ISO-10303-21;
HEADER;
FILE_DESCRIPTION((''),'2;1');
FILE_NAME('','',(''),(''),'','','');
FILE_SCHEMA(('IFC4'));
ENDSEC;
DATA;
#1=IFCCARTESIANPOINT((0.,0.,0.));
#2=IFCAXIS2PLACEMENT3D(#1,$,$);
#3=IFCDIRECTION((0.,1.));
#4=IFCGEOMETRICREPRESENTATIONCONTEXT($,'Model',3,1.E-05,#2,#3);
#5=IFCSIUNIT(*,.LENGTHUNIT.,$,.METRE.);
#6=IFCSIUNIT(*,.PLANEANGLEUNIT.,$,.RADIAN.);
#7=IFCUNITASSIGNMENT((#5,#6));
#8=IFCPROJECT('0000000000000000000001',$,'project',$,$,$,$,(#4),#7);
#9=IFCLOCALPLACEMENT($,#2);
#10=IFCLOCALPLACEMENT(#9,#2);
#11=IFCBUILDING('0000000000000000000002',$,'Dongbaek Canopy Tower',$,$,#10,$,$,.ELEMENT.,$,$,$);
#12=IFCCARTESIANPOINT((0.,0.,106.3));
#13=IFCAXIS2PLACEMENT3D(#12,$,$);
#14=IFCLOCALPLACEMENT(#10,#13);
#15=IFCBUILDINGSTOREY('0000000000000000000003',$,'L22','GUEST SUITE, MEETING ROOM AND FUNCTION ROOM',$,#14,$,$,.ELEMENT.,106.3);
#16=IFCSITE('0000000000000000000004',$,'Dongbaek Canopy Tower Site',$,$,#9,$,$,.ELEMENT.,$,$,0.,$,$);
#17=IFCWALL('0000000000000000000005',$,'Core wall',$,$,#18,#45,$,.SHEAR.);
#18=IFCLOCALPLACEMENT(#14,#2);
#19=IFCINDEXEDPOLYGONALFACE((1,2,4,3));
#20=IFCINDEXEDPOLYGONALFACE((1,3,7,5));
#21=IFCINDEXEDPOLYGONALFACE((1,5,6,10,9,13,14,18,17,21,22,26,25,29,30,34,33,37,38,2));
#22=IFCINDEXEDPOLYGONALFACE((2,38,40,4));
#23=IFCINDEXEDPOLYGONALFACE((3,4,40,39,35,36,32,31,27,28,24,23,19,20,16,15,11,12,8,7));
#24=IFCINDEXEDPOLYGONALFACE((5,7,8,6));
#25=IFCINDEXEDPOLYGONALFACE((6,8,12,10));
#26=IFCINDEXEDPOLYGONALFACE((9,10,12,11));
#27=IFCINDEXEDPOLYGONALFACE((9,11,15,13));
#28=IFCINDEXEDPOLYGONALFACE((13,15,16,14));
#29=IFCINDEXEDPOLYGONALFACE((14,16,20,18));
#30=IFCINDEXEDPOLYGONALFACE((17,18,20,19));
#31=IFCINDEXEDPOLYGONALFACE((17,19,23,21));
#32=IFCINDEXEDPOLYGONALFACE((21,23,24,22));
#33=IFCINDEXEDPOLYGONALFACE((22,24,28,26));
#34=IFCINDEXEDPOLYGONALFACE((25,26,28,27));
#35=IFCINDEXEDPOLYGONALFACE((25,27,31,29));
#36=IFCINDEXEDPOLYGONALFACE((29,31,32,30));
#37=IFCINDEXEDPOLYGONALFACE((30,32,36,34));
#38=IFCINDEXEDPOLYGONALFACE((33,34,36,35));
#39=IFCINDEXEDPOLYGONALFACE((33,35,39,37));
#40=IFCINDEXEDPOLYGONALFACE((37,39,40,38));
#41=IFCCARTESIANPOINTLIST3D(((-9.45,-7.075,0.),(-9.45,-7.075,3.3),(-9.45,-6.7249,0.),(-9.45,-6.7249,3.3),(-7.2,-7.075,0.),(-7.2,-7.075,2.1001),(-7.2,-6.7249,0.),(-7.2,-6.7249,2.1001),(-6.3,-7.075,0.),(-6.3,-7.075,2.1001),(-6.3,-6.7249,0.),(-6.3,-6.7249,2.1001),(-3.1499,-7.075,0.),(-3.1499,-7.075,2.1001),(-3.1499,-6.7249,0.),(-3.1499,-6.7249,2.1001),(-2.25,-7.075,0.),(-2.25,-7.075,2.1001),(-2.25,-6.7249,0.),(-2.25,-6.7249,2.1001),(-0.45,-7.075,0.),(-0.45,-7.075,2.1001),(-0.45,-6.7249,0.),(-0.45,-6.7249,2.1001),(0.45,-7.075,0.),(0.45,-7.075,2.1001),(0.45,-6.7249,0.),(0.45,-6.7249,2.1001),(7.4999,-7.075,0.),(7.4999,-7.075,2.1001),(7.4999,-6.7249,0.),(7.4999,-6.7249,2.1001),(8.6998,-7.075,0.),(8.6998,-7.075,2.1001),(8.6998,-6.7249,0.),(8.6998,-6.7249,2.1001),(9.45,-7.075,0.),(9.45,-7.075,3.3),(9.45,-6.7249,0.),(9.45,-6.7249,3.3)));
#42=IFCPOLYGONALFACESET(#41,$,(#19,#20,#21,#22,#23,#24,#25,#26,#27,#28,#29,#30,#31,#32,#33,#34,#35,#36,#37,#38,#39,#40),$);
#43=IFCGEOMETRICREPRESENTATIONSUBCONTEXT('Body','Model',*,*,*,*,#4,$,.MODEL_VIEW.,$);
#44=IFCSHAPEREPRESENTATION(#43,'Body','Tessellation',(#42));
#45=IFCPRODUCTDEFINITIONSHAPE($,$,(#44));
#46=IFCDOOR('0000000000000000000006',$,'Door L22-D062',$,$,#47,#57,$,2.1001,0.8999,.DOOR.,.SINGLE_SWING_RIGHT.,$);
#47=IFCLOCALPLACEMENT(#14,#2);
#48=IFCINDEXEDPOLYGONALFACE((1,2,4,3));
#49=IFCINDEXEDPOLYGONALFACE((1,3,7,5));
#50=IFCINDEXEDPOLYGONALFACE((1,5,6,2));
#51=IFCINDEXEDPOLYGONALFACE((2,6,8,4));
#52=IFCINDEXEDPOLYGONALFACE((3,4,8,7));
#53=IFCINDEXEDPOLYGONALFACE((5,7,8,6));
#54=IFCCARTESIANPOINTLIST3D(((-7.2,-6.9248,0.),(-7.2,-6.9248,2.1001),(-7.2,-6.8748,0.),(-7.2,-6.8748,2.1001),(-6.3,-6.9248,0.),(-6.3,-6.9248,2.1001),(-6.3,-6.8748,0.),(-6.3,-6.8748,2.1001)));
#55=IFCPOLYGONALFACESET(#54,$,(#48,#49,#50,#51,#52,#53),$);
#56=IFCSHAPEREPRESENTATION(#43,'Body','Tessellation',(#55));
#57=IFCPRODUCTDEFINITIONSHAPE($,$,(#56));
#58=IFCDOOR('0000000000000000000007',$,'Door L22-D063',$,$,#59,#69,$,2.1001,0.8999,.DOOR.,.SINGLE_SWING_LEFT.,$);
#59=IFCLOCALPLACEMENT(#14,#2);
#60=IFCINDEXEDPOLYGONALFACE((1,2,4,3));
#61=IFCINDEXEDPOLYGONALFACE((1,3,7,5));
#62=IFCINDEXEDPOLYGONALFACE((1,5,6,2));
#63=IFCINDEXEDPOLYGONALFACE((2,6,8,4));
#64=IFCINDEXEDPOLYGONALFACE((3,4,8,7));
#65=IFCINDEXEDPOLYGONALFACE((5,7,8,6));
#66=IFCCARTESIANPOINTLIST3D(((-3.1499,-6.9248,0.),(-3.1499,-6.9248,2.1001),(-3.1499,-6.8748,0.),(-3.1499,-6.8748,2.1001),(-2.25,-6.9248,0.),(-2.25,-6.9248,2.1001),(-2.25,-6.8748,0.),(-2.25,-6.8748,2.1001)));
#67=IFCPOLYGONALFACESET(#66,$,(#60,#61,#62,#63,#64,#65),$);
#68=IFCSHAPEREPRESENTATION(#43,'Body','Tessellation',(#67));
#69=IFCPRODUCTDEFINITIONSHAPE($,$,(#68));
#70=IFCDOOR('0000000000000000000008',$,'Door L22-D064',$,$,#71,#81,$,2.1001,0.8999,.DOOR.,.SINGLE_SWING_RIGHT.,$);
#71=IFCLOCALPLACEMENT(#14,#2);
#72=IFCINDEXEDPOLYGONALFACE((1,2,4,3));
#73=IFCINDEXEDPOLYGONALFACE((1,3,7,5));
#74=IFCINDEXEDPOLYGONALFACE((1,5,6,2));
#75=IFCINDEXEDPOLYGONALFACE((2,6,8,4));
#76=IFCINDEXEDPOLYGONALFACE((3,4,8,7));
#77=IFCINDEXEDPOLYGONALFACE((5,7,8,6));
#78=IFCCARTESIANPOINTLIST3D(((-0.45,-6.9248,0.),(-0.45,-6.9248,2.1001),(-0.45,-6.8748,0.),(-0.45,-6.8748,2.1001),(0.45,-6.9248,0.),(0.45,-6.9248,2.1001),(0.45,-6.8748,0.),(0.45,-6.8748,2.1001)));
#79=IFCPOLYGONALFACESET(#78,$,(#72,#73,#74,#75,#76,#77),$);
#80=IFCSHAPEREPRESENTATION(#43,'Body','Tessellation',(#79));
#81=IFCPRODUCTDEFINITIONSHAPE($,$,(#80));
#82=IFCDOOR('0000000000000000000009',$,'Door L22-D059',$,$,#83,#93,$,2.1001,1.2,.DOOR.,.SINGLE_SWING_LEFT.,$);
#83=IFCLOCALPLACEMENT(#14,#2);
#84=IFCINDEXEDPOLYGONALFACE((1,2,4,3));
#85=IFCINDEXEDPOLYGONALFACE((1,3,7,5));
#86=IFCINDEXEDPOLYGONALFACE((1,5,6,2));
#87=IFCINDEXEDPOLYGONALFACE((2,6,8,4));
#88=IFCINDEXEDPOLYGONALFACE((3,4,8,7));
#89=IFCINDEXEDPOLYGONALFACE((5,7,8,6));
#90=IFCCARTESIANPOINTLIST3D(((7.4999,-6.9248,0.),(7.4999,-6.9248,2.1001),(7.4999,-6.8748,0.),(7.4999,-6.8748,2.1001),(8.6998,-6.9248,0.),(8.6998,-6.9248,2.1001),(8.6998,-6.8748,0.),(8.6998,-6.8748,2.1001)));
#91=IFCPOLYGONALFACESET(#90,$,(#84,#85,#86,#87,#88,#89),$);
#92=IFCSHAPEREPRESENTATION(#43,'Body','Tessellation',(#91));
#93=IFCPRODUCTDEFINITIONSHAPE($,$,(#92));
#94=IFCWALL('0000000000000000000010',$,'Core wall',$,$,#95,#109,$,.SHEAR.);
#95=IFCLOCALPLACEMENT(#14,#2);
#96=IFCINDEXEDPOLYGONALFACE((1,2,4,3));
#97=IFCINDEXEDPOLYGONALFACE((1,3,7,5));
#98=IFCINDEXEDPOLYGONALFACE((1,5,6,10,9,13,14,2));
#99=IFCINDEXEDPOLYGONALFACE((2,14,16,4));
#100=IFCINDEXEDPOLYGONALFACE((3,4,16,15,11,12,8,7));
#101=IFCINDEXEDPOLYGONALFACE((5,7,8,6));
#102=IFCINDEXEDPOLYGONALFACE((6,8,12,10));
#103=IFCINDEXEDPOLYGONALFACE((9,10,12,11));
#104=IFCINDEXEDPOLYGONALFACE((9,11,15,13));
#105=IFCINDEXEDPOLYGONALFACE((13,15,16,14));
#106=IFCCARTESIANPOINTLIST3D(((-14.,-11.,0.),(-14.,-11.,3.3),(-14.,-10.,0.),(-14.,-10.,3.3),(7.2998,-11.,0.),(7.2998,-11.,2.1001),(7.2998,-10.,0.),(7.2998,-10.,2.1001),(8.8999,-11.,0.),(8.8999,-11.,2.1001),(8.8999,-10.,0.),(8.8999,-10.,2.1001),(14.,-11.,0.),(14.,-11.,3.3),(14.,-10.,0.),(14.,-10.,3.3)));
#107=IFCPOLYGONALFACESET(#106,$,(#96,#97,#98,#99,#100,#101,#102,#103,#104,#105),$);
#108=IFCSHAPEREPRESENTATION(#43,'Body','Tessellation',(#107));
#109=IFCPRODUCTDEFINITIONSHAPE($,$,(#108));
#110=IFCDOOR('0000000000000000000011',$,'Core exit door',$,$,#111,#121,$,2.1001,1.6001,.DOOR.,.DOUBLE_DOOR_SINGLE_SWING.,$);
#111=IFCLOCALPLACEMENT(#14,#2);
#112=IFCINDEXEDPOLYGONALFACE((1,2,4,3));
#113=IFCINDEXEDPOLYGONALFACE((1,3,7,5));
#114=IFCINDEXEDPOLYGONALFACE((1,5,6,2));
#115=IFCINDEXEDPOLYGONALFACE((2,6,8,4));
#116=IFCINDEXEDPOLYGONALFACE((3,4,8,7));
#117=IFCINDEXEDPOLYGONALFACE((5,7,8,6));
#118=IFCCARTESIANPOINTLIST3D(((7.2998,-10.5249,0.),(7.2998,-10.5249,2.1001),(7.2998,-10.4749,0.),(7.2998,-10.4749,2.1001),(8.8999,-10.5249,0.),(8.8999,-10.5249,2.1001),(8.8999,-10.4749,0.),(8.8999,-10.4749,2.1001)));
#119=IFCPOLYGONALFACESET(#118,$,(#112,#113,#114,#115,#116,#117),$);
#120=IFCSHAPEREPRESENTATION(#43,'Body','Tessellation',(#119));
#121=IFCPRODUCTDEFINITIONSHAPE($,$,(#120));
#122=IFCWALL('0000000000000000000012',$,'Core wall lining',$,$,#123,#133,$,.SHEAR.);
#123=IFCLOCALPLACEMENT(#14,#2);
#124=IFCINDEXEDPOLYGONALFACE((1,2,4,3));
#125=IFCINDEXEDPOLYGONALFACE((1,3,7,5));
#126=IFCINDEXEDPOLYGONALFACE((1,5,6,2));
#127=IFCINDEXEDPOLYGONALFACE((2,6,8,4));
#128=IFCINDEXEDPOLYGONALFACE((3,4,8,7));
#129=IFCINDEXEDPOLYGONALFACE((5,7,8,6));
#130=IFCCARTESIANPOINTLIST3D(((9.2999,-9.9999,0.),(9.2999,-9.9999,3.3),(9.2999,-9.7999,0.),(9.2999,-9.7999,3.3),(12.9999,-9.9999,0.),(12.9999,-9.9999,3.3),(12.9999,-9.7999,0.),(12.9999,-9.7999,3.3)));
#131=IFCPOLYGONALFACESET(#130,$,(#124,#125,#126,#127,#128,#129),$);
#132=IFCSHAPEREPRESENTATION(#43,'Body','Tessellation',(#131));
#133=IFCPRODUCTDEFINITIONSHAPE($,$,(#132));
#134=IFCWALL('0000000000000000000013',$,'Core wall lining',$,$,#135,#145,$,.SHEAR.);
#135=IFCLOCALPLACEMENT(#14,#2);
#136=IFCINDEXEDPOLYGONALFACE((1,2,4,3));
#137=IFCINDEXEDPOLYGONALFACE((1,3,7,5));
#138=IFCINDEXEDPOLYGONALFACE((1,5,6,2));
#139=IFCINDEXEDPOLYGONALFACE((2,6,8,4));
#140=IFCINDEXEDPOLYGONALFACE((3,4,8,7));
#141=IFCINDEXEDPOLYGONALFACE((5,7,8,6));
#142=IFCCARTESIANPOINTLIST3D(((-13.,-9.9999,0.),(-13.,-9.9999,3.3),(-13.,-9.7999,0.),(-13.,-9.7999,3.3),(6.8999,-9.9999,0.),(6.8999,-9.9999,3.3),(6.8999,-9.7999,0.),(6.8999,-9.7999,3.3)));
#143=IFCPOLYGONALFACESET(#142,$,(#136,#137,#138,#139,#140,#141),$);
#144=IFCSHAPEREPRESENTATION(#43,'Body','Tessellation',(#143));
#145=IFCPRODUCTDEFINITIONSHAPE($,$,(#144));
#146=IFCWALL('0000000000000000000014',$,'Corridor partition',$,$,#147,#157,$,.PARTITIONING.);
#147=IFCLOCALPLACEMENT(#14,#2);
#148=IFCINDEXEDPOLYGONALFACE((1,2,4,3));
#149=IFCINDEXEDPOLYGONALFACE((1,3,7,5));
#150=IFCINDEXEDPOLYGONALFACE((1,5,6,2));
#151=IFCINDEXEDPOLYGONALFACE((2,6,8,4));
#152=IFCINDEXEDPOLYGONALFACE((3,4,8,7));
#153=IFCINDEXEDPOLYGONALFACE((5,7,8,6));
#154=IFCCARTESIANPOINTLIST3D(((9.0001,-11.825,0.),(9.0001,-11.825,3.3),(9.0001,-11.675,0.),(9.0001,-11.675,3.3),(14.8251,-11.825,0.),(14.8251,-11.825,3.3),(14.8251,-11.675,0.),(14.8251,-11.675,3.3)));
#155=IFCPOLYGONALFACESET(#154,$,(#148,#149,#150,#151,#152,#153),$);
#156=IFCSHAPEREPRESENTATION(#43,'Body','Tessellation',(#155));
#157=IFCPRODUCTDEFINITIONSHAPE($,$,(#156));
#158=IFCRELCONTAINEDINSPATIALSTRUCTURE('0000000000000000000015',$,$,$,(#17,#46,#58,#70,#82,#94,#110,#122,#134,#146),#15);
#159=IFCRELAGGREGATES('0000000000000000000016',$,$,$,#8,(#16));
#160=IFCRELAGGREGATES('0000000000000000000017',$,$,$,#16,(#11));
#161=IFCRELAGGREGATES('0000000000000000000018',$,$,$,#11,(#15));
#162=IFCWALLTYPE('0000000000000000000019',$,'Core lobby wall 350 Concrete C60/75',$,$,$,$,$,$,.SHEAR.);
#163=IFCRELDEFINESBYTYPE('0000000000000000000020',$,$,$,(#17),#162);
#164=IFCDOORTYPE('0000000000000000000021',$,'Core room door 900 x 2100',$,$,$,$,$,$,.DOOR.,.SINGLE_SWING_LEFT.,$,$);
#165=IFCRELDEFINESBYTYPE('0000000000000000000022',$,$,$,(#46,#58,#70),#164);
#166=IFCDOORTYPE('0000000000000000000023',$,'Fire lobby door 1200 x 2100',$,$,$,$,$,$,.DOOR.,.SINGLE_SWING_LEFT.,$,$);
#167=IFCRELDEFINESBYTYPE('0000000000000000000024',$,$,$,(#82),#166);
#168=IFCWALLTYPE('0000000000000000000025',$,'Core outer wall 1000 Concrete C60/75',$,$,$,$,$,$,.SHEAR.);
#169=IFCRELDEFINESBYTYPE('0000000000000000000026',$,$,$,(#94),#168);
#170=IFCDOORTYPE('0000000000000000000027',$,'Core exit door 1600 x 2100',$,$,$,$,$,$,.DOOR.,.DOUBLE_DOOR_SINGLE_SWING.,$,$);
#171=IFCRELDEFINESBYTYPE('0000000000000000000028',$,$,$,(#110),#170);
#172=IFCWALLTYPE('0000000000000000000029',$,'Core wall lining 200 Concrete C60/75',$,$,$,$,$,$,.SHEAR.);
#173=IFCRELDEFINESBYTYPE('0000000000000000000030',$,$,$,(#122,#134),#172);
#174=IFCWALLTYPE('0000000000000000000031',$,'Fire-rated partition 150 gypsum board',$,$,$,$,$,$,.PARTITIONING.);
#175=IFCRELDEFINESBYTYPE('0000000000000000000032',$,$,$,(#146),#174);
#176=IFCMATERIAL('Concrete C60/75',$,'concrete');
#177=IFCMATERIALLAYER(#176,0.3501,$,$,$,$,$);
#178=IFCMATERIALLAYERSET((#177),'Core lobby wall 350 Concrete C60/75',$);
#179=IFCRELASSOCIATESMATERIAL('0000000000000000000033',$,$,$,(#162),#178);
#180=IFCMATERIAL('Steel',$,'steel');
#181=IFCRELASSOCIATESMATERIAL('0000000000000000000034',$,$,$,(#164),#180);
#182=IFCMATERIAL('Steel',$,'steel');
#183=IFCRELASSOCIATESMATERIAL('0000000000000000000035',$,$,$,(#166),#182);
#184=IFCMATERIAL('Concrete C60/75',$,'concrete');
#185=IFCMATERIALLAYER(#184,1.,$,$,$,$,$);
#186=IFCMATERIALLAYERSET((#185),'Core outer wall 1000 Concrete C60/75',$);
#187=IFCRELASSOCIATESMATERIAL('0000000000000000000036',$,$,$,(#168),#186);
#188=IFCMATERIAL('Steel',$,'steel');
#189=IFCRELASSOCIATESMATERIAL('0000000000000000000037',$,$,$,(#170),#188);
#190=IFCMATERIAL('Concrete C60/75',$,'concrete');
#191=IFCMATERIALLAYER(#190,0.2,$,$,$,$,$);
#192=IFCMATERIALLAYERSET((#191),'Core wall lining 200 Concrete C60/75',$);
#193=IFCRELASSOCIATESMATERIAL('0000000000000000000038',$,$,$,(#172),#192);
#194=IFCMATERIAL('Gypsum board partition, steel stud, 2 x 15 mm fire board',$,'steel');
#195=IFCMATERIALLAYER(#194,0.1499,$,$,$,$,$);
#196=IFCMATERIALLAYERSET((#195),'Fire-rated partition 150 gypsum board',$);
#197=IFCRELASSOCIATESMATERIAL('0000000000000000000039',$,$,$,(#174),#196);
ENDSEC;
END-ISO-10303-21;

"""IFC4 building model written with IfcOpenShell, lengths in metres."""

from ifc_helpers import new_model, si_unit, direction, frame, frame_2d, origin, place, context, subcontext, project, spatial, rectangle, extrude, material, layer, layer_set, type_object, element, fill, save


model = new_model("IFC4")

# Units and contexts
model_context = context("Model", 3, precision=1e-05, world=origin(), true_north=direction((0.0, 1.0)))
body_context = subcontext(model_context, "Body", "Model", "MODEL_VIEW")
ifc_project = project(units=[si_unit("LENGTHUNIT", "METRE"), si_unit("PLANEANGLEUNIT", "RADIAN")], contexts=[model_context])

# Site, building, storey
site_placement = place(None, origin())
site = spatial("IfcSite", under=ifc_project, at=site_placement, Name="Dongbaek Canopy Tower Site", CompositionType="ELEMENT", RefElevation=0.0)
building_placement = place(site_placement, origin())
building = spatial("IfcBuilding", under=site, at=building_placement, Name="Dongbaek Canopy Tower", CompositionType="ELEMENT")
storey_placement = place(building_placement, frame((0.0, 0.0, 106.3)))
storey = spatial("IfcBuildingStorey", under=building, at=storey_placement, Name="L22", Description="GUEST SUITE, MEETING ROOM AND FUNCTION ROOM", CompositionType="ELEMENT", Elevation=106.3)

# Wall, openings, doors
ifc_material_1 = material(Name="Concrete C60/75", Category="concrete")
ifc_layer_1 = layer(ifc_material_1, 0.3501)
ifc_layer_set_1 = layer_set([ifc_layer_1], Name="Core lobby wall 350 Concrete C60/75")
wall_type_1 = type_object("IfcWallType", Name="Core lobby wall 350 Concrete C60/75", PredefinedType="SHEAR", material=ifc_layer_set_1)
wall_1_placement = place(storey_placement, frame((9.45, -6.8999, 0.0), z_axis=(0.0, 0.0, 1.0), x_axis=(-1.0, 0.0, 0.0)))
wall_1 = element("IfcWall", 1, at=wall_1_placement, inside=storey, type_object=wall_type_1, Name="Core wall", PredefinedType="SHEAR", context=body_context, shape_type="SweptSolid", body=[
    extrude(rectangle(XDim=18.8999, YDim=0.3501, at=frame_2d((9.45, 0.0))), origin(), (0.0, 0.0, 1.0), 3.3),
])
opening_1_placement = place(wall_1_placement, frame((0.75, 0.0, 0.0)))
opening_1 = element("IfcOpeningElement", 2, at=opening_1_placement, cuts=wall_1, PredefinedType="OPENING", context=body_context, shape_type="SweptSolid", body=[
    extrude(rectangle(XDim=1.2, YDim=2.1001, at=frame_2d((0.6001, 1.05))), frame((0.0, 0.1851, 0.0), z_axis=(0.0, -1.0, 0.0), x_axis=(1.0, 0.0, 0.0)), (0.0, 0.0, 1.0), 0.3701),
])
opening_2_placement = place(wall_1_placement, frame((15.75, 0.0, 0.0)))
opening_2 = element("IfcOpeningElement", 3, at=opening_2_placement, cuts=wall_1, PredefinedType="OPENING", context=body_context, shape_type="SweptSolid", body=[
    extrude(rectangle(XDim=0.8999, YDim=2.1001, at=frame_2d((0.45, 1.05))), frame((0.0, 0.1851, 0.0), z_axis=(0.0, -1.0, 0.0), x_axis=(1.0, 0.0, 0.0)), (0.0, 0.0, 1.0), 0.3701),
])
opening_3_placement = place(wall_1_placement, frame((11.7, 0.0, 0.0)))
opening_3 = element("IfcOpeningElement", 4, at=opening_3_placement, cuts=wall_1, PredefinedType="OPENING", context=body_context, shape_type="SweptSolid", body=[
    extrude(rectangle(XDim=0.8999, YDim=2.1001, at=frame_2d((0.45, 1.05))), frame((0.0, 0.1851, 0.0), z_axis=(0.0, -1.0, 0.0), x_axis=(1.0, 0.0, 0.0)), (0.0, 0.0, 1.0), 0.3701),
])
opening_4_placement = place(wall_1_placement, frame((9.0, 0.0, 0.0)))
opening_4 = element("IfcOpeningElement", 5, at=opening_4_placement, cuts=wall_1, PredefinedType="OPENING", context=body_context, shape_type="SweptSolid", body=[
    extrude(rectangle(XDim=0.8999, YDim=2.1001, at=frame_2d((0.45, 1.05))), frame((0.0, 0.1851, 0.0), z_axis=(0.0, -1.0, 0.0), x_axis=(1.0, 0.0, 0.0)), (0.0, 0.0, 1.0), 0.3701),
])
ifc_material_2 = material(Name="Steel", Category="steel")
door_type_1 = type_object("IfcDoorType", Name="Core room door 900 x 2100", OperationType="SINGLE_SWING_LEFT", PredefinedType="DOOR", material=ifc_material_2)
door_1_placement = place(opening_2_placement, origin())
door_1 = element("IfcDoor", 6, at=door_1_placement, inside=storey, type_object=door_type_1, Name="Door L22-D062", OperationType="SINGLE_SWING_RIGHT", OverallHeight=2.1001, OverallWidth=0.8999, PredefinedType="DOOR", context=body_context, shape_type="SweptSolid", body=[
    extrude(rectangle(XDim=0.8999, YDim=2.1001, at=frame_2d((0.45, 1.05))), frame((0.0, 0.0249, 0.0), z_axis=(0.0, -1.0, 0.0), x_axis=(1.0, 0.0, 0.0)), (0.0, 0.0, 1.0), 0.05),
])
fill(opening_2, door_1)
door_2_placement = place(opening_3_placement, origin())
door_2 = element("IfcDoor", 7, at=door_2_placement, inside=storey, type_object=door_type_1, Name="Door L22-D063", OperationType="SINGLE_SWING_LEFT", OverallHeight=2.1001, OverallWidth=0.8999, PredefinedType="DOOR", context=body_context, shape_type="SweptSolid", body=[
    extrude(rectangle(XDim=0.8999, YDim=2.1001, at=frame_2d((0.45, 1.05))), frame((0.0, 0.0249, 0.0), z_axis=(0.0, -1.0, 0.0), x_axis=(1.0, 0.0, 0.0)), (0.0, 0.0, 1.0), 0.05),
])
fill(opening_3, door_2)
door_3_placement = place(opening_4_placement, origin())
door_3 = element("IfcDoor", 8, at=door_3_placement, inside=storey, type_object=door_type_1, Name="Door L22-D064", OperationType="SINGLE_SWING_RIGHT", OverallHeight=2.1001, OverallWidth=0.8999, PredefinedType="DOOR", context=body_context, shape_type="SweptSolid", body=[
    extrude(rectangle(XDim=0.8999, YDim=2.1001, at=frame_2d((0.45, 1.05))), frame((0.0, 0.0249, 0.0), z_axis=(0.0, -1.0, 0.0), x_axis=(1.0, 0.0, 0.0)), (0.0, 0.0, 1.0), 0.05),
])
fill(opening_4, door_3)
ifc_material_3 = material(Name="Steel", Category="steel")
door_type_2 = type_object("IfcDoorType", Name="Fire lobby door 1200 x 2100", OperationType="SINGLE_SWING_LEFT", PredefinedType="DOOR", material=ifc_material_3)
door_4_placement = place(opening_1_placement, origin())
door_4 = element("IfcDoor", 9, at=door_4_placement, inside=storey, type_object=door_type_2, Name="Door L22-D059", OperationType="SINGLE_SWING_LEFT", OverallHeight=2.1001, OverallWidth=1.2, PredefinedType="DOOR", context=body_context, shape_type="SweptSolid", body=[
    extrude(rectangle(XDim=1.2, YDim=2.1001, at=frame_2d((0.6001, 1.05))), frame((0.0, 0.0249, 0.0), z_axis=(0.0, -1.0, 0.0), x_axis=(1.0, 0.0, 0.0)), (0.0, 0.0, 1.0), 0.05),
])
fill(opening_1, door_4)

# Wall, opening, door
ifc_material_4 = material(Name="Concrete C60/75", Category="concrete")
ifc_layer_2 = layer(ifc_material_4, 1.0)
ifc_layer_set_2 = layer_set([ifc_layer_2], Name="Core outer wall 1000 Concrete C60/75")
wall_type_2 = type_object("IfcWallType", Name="Core outer wall 1000 Concrete C60/75", PredefinedType="SHEAR", material=ifc_layer_set_2)
wall_2_placement = place(storey_placement, frame((14.0, -10.5, 0.0), z_axis=(0.0, 0.0, 1.0), x_axis=(-1.0, 0.0, 0.0)))
wall_2 = element("IfcWall", 10, at=wall_2_placement, inside=storey, type_object=wall_type_2, Name="Core wall", PredefinedType="SHEAR", context=body_context, shape_type="SweptSolid", body=[
    extrude(rectangle(XDim=28.0, YDim=1.0, at=frame_2d((14.0, 0.0))), origin(), (0.0, 0.0, 1.0), 3.3),
])
opening_5_placement = place(wall_2_placement, frame((5.1001, 0.0, 0.0)))
opening_5 = element("IfcOpeningElement", 11, at=opening_5_placement, cuts=wall_2, PredefinedType="OPENING", context=body_context, shape_type="SweptSolid", body=[
    extrude(rectangle(XDim=1.6001, YDim=2.1001, at=frame_2d((0.8, 1.05))), frame((0.0, 0.51, 0.0), z_axis=(0.0, -1.0, 0.0), x_axis=(1.0, 0.0, 0.0)), (0.0, 0.0, 1.0), 1.02),
])
ifc_material_5 = material(Name="Steel", Category="steel")
door_type_3 = type_object("IfcDoorType", Name="Core exit door 1600 x 2100", OperationType="DOUBLE_DOOR_SINGLE_SWING", PredefinedType="DOOR", material=ifc_material_5)
door_5_placement = place(opening_5_placement, origin())
door_5 = element("IfcDoor", 12, at=door_5_placement, inside=storey, type_object=door_type_3, Name="Core exit door", OperationType="DOUBLE_DOOR_SINGLE_SWING", OverallHeight=2.1001, OverallWidth=1.6001, PredefinedType="DOOR", context=body_context, shape_type="SweptSolid", body=[
    extrude(rectangle(XDim=1.6001, YDim=2.1001, at=frame_2d((0.8, 1.05))), frame((0.0, 0.0249, 0.0), z_axis=(0.0, -1.0, 0.0), x_axis=(1.0, 0.0, 0.0)), (0.0, 0.0, 1.0), 0.05),
])
fill(opening_5, door_5)

# Walls
ifc_material_6 = material(Name="Concrete C60/75", Category="concrete")
ifc_layer_3 = layer(ifc_material_6, 0.2)
ifc_layer_set_3 = layer_set([ifc_layer_3], Name="Core wall lining 200 Concrete C60/75")
wall_type_3 = type_object("IfcWallType", Name="Core wall lining 200 Concrete C60/75", PredefinedType="SHEAR", material=ifc_layer_set_3)
wall_3_placement = place(storey_placement, frame((13.0, -9.8999, 0.0), z_axis=(0.0, 0.0, 1.0), x_axis=(-1.0, 0.0, 0.0)))
element("IfcWall", 13, at=wall_3_placement, inside=storey, type_object=wall_type_3, Name="Core wall lining", PredefinedType="SHEAR", context=body_context, shape_type="SweptSolid", body=[
    extrude(rectangle(XDim=3.7, YDim=0.2, at=frame_2d((1.8501, 0.0))), origin(), (0.0, 0.0, 1.0), 3.3),
])
wall_4_placement = place(storey_placement, frame((6.8999, -9.8999, 0.0), z_axis=(0.0, 0.0, 1.0), x_axis=(-1.0, 0.0, 0.0)))
element("IfcWall", 14, at=wall_4_placement, inside=storey, type_object=wall_type_3, Name="Core wall lining", PredefinedType="SHEAR", context=body_context, shape_type="SweptSolid", body=[
    extrude(rectangle(XDim=19.8999, YDim=0.2, at=frame_2d((9.95, 0.0))), origin(), (0.0, 0.0, 1.0), 3.3),
])
ifc_material_7 = material(Name="Gypsum board partition, steel stud, 2 x 15 mm fire board", Category="steel")
ifc_layer_4 = layer(ifc_material_7, 0.1499)
ifc_layer_set_4 = layer_set([ifc_layer_4], Name="Fire-rated partition 150 gypsum board")
wall_type_4 = type_object("IfcWallType", Name="Fire-rated partition 150 gypsum board", PredefinedType="PARTITIONING", material=ifc_layer_set_4)
wall_5_placement = place(storey_placement, frame((9.0, -11.75, 0.0), z_axis=(0.0, 0.0, 1.0), x_axis=(1.0, 0.0, 0.0)))
element("IfcWall", 15, at=wall_5_placement, inside=storey, type_object=wall_type_4, Name="Corridor partition", PredefinedType="PARTITIONING", context=body_context, shape_type="SweptSolid", body=[
    extrude(rectangle(XDim=5.825, YDim=0.1499, at=frame_2d((2.9126, 0.0))), origin(), (0.0, 0.0, 1.0), 3.3),
])

save(model, "model.ifc")
